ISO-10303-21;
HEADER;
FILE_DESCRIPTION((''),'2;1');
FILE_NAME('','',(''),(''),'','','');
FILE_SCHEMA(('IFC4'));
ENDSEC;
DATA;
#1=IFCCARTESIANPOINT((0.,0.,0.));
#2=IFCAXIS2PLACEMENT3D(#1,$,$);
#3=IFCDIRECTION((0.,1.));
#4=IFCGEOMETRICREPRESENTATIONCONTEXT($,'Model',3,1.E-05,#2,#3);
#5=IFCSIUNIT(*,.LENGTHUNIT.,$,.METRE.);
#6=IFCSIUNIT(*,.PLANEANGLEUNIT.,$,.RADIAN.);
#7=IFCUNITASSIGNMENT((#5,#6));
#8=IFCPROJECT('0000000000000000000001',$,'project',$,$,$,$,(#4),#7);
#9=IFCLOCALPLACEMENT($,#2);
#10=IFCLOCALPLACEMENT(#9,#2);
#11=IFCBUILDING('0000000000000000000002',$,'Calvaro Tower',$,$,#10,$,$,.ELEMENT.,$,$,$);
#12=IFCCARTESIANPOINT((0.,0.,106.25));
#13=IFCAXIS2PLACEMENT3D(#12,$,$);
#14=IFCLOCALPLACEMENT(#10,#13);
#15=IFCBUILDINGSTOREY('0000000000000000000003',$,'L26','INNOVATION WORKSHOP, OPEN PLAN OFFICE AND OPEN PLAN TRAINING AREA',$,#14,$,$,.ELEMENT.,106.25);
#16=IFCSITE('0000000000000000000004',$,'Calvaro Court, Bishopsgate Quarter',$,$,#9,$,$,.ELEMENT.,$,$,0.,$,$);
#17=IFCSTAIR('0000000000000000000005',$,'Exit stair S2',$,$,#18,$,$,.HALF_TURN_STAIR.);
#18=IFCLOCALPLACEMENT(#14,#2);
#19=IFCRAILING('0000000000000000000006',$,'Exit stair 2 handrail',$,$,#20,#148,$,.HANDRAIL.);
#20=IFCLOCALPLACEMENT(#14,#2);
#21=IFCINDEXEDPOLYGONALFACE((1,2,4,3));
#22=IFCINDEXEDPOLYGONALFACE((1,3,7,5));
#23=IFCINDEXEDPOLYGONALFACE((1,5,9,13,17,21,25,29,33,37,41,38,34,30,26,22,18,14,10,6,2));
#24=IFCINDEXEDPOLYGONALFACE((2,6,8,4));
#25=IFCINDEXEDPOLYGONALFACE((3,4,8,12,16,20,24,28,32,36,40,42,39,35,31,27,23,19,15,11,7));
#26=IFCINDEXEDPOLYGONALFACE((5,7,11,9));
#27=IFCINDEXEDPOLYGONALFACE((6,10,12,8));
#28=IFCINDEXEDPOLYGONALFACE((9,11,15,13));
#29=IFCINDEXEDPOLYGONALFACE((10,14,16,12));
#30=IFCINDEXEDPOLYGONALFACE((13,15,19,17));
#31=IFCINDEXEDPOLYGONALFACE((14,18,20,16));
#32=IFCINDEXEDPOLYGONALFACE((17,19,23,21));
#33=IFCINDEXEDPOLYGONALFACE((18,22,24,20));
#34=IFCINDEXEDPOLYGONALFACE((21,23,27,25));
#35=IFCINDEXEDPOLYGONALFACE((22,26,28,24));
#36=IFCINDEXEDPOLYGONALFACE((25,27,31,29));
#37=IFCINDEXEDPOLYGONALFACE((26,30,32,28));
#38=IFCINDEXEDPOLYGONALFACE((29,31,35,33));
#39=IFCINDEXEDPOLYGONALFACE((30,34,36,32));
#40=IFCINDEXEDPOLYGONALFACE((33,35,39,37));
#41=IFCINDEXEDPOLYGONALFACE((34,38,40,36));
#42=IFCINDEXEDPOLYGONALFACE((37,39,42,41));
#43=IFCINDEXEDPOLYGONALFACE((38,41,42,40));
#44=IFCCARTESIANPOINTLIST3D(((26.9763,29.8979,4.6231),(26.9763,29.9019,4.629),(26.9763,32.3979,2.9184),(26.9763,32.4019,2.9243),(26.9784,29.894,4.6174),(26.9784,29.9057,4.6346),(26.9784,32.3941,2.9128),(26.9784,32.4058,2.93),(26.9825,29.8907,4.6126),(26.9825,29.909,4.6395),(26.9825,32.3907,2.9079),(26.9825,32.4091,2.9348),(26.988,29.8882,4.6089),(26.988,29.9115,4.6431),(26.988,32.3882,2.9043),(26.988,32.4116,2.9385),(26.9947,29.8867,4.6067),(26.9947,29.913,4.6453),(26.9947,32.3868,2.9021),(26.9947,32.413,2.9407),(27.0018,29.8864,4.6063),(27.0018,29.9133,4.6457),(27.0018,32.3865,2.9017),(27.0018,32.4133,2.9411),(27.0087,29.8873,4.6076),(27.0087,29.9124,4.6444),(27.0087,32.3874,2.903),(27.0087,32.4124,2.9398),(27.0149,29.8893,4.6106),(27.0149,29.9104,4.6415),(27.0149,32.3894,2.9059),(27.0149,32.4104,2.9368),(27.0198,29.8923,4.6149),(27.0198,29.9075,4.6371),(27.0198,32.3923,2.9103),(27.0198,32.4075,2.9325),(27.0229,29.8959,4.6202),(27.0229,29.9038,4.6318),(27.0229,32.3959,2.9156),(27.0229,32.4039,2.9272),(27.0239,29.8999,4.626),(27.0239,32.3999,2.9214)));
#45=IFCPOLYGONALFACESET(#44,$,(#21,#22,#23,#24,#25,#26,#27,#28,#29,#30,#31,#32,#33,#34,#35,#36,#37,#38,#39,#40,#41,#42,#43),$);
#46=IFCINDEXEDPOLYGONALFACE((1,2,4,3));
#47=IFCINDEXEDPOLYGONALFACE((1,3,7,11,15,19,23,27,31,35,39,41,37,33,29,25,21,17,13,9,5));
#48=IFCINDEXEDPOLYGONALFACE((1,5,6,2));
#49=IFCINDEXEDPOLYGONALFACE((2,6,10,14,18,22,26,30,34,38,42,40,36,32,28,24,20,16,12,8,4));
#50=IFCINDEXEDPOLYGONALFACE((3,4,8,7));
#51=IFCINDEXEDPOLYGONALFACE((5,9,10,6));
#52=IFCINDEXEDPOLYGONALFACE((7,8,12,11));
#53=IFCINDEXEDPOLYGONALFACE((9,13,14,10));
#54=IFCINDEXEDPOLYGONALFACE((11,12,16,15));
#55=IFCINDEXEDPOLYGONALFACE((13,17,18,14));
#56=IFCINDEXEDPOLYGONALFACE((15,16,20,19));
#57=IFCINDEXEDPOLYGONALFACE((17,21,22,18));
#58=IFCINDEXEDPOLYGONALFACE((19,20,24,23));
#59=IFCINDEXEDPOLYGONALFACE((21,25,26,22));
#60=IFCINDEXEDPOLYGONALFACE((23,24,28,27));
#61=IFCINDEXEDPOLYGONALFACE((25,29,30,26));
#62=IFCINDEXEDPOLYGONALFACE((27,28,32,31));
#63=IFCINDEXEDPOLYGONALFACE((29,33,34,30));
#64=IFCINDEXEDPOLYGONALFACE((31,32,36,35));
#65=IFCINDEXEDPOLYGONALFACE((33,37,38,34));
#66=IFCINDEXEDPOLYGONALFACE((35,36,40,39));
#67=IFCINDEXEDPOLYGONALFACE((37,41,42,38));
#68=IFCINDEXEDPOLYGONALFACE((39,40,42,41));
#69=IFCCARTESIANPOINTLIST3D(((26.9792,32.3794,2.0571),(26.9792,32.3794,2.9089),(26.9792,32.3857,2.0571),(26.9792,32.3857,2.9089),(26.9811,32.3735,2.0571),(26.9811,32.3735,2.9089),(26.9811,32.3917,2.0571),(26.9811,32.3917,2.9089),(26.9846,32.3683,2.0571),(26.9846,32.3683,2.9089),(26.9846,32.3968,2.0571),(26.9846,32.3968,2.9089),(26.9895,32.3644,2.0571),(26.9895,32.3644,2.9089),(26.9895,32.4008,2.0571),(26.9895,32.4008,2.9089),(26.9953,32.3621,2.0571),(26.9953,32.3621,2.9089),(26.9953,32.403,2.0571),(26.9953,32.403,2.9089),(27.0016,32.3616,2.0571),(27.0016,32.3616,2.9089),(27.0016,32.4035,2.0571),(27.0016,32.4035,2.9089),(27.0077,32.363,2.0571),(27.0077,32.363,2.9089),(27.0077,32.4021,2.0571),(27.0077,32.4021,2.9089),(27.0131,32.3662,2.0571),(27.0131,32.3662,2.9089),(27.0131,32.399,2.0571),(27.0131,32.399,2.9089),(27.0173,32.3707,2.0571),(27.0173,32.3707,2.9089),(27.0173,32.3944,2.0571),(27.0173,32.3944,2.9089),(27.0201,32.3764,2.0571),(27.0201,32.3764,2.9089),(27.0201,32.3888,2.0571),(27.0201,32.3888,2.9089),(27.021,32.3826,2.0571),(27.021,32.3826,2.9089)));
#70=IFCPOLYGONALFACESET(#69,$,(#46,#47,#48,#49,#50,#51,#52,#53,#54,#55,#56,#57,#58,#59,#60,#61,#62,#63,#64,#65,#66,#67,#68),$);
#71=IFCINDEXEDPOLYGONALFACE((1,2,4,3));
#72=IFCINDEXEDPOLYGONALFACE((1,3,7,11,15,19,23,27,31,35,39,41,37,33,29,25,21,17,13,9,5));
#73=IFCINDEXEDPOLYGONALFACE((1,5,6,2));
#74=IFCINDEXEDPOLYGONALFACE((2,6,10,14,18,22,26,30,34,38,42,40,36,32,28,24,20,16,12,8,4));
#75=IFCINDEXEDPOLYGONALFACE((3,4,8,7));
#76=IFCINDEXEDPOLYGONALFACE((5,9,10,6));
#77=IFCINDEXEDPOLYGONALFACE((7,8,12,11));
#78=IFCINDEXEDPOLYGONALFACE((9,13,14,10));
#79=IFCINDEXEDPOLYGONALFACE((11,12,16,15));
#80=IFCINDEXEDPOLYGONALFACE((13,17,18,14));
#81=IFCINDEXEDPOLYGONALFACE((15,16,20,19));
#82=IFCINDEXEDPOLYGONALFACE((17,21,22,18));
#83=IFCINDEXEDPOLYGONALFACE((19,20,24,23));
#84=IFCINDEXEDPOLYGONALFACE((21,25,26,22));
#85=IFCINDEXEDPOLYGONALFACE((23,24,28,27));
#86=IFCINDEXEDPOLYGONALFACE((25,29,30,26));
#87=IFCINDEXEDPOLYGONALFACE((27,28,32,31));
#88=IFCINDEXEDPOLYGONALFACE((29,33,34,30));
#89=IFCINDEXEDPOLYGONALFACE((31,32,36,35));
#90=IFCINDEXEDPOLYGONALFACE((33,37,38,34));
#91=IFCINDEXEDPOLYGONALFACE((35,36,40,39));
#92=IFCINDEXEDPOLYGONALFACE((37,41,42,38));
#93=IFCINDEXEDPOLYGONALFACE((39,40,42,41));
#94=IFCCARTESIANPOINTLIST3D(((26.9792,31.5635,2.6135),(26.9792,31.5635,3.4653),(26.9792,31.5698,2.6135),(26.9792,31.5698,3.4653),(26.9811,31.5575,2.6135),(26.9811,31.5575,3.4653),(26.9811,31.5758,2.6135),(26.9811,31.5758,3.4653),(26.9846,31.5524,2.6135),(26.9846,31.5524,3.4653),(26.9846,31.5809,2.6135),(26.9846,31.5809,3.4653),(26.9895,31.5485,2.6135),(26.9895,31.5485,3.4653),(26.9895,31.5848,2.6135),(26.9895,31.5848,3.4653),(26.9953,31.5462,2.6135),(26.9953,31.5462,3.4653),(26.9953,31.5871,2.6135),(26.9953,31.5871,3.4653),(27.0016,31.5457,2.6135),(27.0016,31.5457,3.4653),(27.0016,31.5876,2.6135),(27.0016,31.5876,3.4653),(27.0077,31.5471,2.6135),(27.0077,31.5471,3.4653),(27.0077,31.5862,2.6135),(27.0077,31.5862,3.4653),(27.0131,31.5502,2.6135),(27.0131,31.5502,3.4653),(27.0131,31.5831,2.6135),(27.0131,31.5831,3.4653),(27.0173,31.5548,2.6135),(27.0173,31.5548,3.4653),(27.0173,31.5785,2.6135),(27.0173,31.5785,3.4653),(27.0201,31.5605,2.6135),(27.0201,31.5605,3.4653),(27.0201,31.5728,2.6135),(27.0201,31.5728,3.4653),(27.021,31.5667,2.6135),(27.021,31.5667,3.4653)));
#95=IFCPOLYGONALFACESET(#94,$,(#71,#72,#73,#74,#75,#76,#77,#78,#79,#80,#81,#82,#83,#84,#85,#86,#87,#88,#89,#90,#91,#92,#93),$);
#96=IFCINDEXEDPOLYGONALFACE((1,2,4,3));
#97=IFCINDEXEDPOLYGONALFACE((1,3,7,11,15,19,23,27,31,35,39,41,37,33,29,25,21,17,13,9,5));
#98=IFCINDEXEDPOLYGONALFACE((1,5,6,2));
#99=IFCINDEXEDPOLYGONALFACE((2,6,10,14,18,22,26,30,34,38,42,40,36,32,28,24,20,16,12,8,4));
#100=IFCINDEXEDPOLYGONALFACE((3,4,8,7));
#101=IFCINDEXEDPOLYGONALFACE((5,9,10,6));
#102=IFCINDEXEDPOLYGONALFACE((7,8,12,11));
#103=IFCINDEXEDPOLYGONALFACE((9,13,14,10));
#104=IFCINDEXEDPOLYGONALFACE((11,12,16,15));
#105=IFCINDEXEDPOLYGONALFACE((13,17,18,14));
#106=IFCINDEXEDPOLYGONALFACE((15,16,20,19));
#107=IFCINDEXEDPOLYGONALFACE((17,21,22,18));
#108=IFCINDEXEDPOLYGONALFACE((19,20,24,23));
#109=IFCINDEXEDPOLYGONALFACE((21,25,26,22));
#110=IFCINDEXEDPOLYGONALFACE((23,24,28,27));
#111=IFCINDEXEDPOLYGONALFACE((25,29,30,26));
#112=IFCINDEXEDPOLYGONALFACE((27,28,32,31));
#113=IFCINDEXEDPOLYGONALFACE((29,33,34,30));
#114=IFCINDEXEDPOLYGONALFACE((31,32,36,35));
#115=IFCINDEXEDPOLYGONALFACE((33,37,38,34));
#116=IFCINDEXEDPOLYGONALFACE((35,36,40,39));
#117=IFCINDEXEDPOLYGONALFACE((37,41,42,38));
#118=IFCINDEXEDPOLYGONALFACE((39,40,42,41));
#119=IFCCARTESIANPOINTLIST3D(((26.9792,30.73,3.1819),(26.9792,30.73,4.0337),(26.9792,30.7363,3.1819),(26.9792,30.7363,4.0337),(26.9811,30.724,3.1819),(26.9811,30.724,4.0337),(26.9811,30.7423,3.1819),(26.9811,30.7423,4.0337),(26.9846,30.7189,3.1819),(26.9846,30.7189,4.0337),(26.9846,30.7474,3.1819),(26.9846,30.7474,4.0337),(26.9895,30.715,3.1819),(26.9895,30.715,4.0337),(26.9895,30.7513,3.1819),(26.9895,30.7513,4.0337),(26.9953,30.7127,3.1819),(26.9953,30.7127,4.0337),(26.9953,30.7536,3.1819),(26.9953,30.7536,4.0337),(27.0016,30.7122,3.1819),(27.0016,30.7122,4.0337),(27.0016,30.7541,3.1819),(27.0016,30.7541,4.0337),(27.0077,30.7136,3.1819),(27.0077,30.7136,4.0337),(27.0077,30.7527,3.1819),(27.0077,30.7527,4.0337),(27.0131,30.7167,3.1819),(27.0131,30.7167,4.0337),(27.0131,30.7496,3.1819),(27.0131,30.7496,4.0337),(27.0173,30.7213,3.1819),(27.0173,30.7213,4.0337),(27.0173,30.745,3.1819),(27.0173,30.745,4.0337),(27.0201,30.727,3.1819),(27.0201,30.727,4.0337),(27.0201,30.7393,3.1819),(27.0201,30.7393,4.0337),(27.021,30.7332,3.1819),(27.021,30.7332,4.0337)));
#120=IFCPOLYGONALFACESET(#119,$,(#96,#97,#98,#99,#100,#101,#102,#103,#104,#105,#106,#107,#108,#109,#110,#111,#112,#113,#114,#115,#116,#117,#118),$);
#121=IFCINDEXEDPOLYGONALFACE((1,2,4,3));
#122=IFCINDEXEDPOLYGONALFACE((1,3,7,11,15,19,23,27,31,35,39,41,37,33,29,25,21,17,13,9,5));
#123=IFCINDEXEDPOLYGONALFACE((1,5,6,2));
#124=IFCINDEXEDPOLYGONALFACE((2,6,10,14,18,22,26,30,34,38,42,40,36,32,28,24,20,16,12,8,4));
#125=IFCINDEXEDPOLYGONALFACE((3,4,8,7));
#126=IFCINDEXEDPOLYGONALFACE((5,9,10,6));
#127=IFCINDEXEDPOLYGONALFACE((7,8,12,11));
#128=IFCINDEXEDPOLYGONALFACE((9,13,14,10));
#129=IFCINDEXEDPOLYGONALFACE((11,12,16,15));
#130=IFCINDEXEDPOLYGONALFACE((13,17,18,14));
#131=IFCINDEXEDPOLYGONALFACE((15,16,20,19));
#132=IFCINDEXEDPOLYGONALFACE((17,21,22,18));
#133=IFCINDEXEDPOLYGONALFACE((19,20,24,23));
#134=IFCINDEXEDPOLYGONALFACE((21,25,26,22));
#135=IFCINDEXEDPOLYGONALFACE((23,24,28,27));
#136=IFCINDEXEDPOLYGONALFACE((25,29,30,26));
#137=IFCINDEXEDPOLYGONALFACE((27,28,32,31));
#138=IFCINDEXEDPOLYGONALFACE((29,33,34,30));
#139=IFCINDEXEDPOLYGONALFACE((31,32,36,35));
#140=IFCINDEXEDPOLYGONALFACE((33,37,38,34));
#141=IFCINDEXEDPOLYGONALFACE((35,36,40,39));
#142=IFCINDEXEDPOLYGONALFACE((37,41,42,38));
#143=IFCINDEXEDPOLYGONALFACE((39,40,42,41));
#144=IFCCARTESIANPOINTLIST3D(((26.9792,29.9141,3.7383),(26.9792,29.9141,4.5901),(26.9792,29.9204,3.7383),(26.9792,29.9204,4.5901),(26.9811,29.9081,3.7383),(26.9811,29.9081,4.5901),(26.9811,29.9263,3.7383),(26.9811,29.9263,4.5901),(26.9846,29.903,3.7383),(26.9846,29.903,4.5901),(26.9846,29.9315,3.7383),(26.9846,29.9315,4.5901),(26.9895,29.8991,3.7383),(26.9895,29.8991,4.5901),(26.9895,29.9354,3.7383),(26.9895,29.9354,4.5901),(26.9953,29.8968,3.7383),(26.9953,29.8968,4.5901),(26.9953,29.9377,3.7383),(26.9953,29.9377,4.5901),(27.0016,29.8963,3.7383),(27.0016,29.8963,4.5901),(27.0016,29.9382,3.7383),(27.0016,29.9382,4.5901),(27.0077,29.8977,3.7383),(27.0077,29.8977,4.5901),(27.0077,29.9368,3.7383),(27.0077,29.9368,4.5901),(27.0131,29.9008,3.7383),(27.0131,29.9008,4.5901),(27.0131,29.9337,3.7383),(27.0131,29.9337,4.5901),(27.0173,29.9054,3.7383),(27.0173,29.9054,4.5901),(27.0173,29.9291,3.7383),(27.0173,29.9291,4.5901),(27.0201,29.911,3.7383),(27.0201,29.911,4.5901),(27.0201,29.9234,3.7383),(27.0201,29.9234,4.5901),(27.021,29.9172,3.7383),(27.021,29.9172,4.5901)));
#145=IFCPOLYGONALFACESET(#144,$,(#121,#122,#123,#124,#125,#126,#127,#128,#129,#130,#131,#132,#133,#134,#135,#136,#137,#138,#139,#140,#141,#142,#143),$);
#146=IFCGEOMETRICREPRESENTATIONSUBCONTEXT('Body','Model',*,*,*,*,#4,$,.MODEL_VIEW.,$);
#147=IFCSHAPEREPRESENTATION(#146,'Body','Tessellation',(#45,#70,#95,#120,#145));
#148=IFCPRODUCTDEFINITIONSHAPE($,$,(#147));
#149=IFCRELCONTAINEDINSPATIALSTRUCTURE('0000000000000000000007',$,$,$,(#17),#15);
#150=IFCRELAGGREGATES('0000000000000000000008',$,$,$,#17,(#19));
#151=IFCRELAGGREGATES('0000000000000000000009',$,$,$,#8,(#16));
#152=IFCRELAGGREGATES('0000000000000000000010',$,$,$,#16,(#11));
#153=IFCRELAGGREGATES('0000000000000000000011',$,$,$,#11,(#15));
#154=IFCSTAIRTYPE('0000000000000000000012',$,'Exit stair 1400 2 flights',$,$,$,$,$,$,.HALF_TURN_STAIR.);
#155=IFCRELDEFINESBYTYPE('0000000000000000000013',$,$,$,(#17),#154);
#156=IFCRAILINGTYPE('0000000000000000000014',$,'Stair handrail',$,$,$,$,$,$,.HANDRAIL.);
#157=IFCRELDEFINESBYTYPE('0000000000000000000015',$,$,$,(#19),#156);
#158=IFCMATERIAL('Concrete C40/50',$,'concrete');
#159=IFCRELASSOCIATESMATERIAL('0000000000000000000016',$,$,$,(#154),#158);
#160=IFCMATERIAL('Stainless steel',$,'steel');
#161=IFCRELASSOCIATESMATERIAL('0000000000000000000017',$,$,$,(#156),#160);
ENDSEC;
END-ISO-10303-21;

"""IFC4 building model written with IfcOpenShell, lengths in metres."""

from ifc_helpers import new_model, si_unit, direction, frame, origin, origin_2d, place, context, subcontext, project, spatial, circle, extrude, material, type_object, element, aggregate, save


model = new_model("IFC4")

# Units and contexts
model_context = context("Model", 3, precision=1e-05, world=origin(), true_north=direction((0.0, 1.0)))
body_context = subcontext(model_context, "Body", "Model", "MODEL_VIEW")
ifc_project = project(units=[si_unit("LENGTHUNIT", "METRE"), si_unit("PLANEANGLEUNIT", "RADIAN")], contexts=[model_context])

# Site, building, storey
site_placement = place(None, origin())
site = spatial("IfcSite", under=ifc_project, at=site_placement, Name="Calvaro Court, Bishopsgate Quarter", CompositionType="ELEMENT", RefElevation=0.0)
building_placement = place(site_placement, origin())
building = spatial("IfcBuilding", under=site, at=building_placement, Name="Calvaro Tower", CompositionType="ELEMENT")
storey_placement = place(building_placement, frame((0.0, 0.0, 106.25)))
storey = spatial("IfcBuildingStorey", under=building, at=storey_placement, Name="L26", Description="INNOVATION WORKSHOP, OPEN PLAN OFFICE AND OPEN PLAN TRAINING AREA", CompositionType="ELEMENT", Elevation=106.25)

# Stair
ifc_material_1 = material(Name="Concrete C40/50", Category="concrete")
stair_type = type_object("IfcStairType", Name="Exit stair 1400 2 flights", PredefinedType="HALF_TURN_STAIR", material=ifc_material_1)
stair_1_placement = place(storey_placement, origin())
stair_1 = element("IfcStair", 1, at=stair_1_placement, inside=storey, type_object=stair_type, Name="Exit stair S2", PredefinedType="HALF_TURN_STAIR")

# Shared definitions
ifc_material_2 = material(Name="Stainless steel", Category="steel")
railing_type = type_object("IfcRailingType", Name="Stair handrail", PredefinedType="HANDRAIL", material=ifc_material_2)

# Railing
railing_1_placement = place(storey_placement, frame((27.0, 32.3999, 2.0454)))
railing_1 = element("IfcRailing", 2, at=railing_1_placement, type_object=railing_type, Name="Exit stair 2 handrail", PredefinedType="HANDRAIL", context=body_context, shape_type="SweptSolid", body=[
    extrude(circle(Radius=0.0239, at=origin_2d()), frame((0.0, 0.0, 0.876), z_axis=(0.0, -0.826221, 0.563347), x_axis=(1.0, 0.0, 0.0)), (0.0, 0.0, 1.0), 3.0259),
    extrude(circle(Radius=0.021, at=origin_2d()), frame((0.0, -0.0173, 0.0117)), (0.0, 0.0, 1.0), 0.8518),
    extrude(circle(Radius=0.021, at=origin_2d()), frame((0.0, -0.8333, 0.5681)), (0.0, 0.0, 1.0), 0.8518),
    extrude(circle(Radius=0.021, at=origin_2d()), frame((0.0, -1.6667, 1.1365)), (0.0, 0.0, 1.0), 0.8518),
    extrude(circle(Radius=0.021, at=origin_2d()), frame((0.0, -2.4827, 1.6929)), (0.0, 0.0, 1.0), 0.8518),
])
aggregate(stair_1, [railing_1])

save(model, "model.ifc")
